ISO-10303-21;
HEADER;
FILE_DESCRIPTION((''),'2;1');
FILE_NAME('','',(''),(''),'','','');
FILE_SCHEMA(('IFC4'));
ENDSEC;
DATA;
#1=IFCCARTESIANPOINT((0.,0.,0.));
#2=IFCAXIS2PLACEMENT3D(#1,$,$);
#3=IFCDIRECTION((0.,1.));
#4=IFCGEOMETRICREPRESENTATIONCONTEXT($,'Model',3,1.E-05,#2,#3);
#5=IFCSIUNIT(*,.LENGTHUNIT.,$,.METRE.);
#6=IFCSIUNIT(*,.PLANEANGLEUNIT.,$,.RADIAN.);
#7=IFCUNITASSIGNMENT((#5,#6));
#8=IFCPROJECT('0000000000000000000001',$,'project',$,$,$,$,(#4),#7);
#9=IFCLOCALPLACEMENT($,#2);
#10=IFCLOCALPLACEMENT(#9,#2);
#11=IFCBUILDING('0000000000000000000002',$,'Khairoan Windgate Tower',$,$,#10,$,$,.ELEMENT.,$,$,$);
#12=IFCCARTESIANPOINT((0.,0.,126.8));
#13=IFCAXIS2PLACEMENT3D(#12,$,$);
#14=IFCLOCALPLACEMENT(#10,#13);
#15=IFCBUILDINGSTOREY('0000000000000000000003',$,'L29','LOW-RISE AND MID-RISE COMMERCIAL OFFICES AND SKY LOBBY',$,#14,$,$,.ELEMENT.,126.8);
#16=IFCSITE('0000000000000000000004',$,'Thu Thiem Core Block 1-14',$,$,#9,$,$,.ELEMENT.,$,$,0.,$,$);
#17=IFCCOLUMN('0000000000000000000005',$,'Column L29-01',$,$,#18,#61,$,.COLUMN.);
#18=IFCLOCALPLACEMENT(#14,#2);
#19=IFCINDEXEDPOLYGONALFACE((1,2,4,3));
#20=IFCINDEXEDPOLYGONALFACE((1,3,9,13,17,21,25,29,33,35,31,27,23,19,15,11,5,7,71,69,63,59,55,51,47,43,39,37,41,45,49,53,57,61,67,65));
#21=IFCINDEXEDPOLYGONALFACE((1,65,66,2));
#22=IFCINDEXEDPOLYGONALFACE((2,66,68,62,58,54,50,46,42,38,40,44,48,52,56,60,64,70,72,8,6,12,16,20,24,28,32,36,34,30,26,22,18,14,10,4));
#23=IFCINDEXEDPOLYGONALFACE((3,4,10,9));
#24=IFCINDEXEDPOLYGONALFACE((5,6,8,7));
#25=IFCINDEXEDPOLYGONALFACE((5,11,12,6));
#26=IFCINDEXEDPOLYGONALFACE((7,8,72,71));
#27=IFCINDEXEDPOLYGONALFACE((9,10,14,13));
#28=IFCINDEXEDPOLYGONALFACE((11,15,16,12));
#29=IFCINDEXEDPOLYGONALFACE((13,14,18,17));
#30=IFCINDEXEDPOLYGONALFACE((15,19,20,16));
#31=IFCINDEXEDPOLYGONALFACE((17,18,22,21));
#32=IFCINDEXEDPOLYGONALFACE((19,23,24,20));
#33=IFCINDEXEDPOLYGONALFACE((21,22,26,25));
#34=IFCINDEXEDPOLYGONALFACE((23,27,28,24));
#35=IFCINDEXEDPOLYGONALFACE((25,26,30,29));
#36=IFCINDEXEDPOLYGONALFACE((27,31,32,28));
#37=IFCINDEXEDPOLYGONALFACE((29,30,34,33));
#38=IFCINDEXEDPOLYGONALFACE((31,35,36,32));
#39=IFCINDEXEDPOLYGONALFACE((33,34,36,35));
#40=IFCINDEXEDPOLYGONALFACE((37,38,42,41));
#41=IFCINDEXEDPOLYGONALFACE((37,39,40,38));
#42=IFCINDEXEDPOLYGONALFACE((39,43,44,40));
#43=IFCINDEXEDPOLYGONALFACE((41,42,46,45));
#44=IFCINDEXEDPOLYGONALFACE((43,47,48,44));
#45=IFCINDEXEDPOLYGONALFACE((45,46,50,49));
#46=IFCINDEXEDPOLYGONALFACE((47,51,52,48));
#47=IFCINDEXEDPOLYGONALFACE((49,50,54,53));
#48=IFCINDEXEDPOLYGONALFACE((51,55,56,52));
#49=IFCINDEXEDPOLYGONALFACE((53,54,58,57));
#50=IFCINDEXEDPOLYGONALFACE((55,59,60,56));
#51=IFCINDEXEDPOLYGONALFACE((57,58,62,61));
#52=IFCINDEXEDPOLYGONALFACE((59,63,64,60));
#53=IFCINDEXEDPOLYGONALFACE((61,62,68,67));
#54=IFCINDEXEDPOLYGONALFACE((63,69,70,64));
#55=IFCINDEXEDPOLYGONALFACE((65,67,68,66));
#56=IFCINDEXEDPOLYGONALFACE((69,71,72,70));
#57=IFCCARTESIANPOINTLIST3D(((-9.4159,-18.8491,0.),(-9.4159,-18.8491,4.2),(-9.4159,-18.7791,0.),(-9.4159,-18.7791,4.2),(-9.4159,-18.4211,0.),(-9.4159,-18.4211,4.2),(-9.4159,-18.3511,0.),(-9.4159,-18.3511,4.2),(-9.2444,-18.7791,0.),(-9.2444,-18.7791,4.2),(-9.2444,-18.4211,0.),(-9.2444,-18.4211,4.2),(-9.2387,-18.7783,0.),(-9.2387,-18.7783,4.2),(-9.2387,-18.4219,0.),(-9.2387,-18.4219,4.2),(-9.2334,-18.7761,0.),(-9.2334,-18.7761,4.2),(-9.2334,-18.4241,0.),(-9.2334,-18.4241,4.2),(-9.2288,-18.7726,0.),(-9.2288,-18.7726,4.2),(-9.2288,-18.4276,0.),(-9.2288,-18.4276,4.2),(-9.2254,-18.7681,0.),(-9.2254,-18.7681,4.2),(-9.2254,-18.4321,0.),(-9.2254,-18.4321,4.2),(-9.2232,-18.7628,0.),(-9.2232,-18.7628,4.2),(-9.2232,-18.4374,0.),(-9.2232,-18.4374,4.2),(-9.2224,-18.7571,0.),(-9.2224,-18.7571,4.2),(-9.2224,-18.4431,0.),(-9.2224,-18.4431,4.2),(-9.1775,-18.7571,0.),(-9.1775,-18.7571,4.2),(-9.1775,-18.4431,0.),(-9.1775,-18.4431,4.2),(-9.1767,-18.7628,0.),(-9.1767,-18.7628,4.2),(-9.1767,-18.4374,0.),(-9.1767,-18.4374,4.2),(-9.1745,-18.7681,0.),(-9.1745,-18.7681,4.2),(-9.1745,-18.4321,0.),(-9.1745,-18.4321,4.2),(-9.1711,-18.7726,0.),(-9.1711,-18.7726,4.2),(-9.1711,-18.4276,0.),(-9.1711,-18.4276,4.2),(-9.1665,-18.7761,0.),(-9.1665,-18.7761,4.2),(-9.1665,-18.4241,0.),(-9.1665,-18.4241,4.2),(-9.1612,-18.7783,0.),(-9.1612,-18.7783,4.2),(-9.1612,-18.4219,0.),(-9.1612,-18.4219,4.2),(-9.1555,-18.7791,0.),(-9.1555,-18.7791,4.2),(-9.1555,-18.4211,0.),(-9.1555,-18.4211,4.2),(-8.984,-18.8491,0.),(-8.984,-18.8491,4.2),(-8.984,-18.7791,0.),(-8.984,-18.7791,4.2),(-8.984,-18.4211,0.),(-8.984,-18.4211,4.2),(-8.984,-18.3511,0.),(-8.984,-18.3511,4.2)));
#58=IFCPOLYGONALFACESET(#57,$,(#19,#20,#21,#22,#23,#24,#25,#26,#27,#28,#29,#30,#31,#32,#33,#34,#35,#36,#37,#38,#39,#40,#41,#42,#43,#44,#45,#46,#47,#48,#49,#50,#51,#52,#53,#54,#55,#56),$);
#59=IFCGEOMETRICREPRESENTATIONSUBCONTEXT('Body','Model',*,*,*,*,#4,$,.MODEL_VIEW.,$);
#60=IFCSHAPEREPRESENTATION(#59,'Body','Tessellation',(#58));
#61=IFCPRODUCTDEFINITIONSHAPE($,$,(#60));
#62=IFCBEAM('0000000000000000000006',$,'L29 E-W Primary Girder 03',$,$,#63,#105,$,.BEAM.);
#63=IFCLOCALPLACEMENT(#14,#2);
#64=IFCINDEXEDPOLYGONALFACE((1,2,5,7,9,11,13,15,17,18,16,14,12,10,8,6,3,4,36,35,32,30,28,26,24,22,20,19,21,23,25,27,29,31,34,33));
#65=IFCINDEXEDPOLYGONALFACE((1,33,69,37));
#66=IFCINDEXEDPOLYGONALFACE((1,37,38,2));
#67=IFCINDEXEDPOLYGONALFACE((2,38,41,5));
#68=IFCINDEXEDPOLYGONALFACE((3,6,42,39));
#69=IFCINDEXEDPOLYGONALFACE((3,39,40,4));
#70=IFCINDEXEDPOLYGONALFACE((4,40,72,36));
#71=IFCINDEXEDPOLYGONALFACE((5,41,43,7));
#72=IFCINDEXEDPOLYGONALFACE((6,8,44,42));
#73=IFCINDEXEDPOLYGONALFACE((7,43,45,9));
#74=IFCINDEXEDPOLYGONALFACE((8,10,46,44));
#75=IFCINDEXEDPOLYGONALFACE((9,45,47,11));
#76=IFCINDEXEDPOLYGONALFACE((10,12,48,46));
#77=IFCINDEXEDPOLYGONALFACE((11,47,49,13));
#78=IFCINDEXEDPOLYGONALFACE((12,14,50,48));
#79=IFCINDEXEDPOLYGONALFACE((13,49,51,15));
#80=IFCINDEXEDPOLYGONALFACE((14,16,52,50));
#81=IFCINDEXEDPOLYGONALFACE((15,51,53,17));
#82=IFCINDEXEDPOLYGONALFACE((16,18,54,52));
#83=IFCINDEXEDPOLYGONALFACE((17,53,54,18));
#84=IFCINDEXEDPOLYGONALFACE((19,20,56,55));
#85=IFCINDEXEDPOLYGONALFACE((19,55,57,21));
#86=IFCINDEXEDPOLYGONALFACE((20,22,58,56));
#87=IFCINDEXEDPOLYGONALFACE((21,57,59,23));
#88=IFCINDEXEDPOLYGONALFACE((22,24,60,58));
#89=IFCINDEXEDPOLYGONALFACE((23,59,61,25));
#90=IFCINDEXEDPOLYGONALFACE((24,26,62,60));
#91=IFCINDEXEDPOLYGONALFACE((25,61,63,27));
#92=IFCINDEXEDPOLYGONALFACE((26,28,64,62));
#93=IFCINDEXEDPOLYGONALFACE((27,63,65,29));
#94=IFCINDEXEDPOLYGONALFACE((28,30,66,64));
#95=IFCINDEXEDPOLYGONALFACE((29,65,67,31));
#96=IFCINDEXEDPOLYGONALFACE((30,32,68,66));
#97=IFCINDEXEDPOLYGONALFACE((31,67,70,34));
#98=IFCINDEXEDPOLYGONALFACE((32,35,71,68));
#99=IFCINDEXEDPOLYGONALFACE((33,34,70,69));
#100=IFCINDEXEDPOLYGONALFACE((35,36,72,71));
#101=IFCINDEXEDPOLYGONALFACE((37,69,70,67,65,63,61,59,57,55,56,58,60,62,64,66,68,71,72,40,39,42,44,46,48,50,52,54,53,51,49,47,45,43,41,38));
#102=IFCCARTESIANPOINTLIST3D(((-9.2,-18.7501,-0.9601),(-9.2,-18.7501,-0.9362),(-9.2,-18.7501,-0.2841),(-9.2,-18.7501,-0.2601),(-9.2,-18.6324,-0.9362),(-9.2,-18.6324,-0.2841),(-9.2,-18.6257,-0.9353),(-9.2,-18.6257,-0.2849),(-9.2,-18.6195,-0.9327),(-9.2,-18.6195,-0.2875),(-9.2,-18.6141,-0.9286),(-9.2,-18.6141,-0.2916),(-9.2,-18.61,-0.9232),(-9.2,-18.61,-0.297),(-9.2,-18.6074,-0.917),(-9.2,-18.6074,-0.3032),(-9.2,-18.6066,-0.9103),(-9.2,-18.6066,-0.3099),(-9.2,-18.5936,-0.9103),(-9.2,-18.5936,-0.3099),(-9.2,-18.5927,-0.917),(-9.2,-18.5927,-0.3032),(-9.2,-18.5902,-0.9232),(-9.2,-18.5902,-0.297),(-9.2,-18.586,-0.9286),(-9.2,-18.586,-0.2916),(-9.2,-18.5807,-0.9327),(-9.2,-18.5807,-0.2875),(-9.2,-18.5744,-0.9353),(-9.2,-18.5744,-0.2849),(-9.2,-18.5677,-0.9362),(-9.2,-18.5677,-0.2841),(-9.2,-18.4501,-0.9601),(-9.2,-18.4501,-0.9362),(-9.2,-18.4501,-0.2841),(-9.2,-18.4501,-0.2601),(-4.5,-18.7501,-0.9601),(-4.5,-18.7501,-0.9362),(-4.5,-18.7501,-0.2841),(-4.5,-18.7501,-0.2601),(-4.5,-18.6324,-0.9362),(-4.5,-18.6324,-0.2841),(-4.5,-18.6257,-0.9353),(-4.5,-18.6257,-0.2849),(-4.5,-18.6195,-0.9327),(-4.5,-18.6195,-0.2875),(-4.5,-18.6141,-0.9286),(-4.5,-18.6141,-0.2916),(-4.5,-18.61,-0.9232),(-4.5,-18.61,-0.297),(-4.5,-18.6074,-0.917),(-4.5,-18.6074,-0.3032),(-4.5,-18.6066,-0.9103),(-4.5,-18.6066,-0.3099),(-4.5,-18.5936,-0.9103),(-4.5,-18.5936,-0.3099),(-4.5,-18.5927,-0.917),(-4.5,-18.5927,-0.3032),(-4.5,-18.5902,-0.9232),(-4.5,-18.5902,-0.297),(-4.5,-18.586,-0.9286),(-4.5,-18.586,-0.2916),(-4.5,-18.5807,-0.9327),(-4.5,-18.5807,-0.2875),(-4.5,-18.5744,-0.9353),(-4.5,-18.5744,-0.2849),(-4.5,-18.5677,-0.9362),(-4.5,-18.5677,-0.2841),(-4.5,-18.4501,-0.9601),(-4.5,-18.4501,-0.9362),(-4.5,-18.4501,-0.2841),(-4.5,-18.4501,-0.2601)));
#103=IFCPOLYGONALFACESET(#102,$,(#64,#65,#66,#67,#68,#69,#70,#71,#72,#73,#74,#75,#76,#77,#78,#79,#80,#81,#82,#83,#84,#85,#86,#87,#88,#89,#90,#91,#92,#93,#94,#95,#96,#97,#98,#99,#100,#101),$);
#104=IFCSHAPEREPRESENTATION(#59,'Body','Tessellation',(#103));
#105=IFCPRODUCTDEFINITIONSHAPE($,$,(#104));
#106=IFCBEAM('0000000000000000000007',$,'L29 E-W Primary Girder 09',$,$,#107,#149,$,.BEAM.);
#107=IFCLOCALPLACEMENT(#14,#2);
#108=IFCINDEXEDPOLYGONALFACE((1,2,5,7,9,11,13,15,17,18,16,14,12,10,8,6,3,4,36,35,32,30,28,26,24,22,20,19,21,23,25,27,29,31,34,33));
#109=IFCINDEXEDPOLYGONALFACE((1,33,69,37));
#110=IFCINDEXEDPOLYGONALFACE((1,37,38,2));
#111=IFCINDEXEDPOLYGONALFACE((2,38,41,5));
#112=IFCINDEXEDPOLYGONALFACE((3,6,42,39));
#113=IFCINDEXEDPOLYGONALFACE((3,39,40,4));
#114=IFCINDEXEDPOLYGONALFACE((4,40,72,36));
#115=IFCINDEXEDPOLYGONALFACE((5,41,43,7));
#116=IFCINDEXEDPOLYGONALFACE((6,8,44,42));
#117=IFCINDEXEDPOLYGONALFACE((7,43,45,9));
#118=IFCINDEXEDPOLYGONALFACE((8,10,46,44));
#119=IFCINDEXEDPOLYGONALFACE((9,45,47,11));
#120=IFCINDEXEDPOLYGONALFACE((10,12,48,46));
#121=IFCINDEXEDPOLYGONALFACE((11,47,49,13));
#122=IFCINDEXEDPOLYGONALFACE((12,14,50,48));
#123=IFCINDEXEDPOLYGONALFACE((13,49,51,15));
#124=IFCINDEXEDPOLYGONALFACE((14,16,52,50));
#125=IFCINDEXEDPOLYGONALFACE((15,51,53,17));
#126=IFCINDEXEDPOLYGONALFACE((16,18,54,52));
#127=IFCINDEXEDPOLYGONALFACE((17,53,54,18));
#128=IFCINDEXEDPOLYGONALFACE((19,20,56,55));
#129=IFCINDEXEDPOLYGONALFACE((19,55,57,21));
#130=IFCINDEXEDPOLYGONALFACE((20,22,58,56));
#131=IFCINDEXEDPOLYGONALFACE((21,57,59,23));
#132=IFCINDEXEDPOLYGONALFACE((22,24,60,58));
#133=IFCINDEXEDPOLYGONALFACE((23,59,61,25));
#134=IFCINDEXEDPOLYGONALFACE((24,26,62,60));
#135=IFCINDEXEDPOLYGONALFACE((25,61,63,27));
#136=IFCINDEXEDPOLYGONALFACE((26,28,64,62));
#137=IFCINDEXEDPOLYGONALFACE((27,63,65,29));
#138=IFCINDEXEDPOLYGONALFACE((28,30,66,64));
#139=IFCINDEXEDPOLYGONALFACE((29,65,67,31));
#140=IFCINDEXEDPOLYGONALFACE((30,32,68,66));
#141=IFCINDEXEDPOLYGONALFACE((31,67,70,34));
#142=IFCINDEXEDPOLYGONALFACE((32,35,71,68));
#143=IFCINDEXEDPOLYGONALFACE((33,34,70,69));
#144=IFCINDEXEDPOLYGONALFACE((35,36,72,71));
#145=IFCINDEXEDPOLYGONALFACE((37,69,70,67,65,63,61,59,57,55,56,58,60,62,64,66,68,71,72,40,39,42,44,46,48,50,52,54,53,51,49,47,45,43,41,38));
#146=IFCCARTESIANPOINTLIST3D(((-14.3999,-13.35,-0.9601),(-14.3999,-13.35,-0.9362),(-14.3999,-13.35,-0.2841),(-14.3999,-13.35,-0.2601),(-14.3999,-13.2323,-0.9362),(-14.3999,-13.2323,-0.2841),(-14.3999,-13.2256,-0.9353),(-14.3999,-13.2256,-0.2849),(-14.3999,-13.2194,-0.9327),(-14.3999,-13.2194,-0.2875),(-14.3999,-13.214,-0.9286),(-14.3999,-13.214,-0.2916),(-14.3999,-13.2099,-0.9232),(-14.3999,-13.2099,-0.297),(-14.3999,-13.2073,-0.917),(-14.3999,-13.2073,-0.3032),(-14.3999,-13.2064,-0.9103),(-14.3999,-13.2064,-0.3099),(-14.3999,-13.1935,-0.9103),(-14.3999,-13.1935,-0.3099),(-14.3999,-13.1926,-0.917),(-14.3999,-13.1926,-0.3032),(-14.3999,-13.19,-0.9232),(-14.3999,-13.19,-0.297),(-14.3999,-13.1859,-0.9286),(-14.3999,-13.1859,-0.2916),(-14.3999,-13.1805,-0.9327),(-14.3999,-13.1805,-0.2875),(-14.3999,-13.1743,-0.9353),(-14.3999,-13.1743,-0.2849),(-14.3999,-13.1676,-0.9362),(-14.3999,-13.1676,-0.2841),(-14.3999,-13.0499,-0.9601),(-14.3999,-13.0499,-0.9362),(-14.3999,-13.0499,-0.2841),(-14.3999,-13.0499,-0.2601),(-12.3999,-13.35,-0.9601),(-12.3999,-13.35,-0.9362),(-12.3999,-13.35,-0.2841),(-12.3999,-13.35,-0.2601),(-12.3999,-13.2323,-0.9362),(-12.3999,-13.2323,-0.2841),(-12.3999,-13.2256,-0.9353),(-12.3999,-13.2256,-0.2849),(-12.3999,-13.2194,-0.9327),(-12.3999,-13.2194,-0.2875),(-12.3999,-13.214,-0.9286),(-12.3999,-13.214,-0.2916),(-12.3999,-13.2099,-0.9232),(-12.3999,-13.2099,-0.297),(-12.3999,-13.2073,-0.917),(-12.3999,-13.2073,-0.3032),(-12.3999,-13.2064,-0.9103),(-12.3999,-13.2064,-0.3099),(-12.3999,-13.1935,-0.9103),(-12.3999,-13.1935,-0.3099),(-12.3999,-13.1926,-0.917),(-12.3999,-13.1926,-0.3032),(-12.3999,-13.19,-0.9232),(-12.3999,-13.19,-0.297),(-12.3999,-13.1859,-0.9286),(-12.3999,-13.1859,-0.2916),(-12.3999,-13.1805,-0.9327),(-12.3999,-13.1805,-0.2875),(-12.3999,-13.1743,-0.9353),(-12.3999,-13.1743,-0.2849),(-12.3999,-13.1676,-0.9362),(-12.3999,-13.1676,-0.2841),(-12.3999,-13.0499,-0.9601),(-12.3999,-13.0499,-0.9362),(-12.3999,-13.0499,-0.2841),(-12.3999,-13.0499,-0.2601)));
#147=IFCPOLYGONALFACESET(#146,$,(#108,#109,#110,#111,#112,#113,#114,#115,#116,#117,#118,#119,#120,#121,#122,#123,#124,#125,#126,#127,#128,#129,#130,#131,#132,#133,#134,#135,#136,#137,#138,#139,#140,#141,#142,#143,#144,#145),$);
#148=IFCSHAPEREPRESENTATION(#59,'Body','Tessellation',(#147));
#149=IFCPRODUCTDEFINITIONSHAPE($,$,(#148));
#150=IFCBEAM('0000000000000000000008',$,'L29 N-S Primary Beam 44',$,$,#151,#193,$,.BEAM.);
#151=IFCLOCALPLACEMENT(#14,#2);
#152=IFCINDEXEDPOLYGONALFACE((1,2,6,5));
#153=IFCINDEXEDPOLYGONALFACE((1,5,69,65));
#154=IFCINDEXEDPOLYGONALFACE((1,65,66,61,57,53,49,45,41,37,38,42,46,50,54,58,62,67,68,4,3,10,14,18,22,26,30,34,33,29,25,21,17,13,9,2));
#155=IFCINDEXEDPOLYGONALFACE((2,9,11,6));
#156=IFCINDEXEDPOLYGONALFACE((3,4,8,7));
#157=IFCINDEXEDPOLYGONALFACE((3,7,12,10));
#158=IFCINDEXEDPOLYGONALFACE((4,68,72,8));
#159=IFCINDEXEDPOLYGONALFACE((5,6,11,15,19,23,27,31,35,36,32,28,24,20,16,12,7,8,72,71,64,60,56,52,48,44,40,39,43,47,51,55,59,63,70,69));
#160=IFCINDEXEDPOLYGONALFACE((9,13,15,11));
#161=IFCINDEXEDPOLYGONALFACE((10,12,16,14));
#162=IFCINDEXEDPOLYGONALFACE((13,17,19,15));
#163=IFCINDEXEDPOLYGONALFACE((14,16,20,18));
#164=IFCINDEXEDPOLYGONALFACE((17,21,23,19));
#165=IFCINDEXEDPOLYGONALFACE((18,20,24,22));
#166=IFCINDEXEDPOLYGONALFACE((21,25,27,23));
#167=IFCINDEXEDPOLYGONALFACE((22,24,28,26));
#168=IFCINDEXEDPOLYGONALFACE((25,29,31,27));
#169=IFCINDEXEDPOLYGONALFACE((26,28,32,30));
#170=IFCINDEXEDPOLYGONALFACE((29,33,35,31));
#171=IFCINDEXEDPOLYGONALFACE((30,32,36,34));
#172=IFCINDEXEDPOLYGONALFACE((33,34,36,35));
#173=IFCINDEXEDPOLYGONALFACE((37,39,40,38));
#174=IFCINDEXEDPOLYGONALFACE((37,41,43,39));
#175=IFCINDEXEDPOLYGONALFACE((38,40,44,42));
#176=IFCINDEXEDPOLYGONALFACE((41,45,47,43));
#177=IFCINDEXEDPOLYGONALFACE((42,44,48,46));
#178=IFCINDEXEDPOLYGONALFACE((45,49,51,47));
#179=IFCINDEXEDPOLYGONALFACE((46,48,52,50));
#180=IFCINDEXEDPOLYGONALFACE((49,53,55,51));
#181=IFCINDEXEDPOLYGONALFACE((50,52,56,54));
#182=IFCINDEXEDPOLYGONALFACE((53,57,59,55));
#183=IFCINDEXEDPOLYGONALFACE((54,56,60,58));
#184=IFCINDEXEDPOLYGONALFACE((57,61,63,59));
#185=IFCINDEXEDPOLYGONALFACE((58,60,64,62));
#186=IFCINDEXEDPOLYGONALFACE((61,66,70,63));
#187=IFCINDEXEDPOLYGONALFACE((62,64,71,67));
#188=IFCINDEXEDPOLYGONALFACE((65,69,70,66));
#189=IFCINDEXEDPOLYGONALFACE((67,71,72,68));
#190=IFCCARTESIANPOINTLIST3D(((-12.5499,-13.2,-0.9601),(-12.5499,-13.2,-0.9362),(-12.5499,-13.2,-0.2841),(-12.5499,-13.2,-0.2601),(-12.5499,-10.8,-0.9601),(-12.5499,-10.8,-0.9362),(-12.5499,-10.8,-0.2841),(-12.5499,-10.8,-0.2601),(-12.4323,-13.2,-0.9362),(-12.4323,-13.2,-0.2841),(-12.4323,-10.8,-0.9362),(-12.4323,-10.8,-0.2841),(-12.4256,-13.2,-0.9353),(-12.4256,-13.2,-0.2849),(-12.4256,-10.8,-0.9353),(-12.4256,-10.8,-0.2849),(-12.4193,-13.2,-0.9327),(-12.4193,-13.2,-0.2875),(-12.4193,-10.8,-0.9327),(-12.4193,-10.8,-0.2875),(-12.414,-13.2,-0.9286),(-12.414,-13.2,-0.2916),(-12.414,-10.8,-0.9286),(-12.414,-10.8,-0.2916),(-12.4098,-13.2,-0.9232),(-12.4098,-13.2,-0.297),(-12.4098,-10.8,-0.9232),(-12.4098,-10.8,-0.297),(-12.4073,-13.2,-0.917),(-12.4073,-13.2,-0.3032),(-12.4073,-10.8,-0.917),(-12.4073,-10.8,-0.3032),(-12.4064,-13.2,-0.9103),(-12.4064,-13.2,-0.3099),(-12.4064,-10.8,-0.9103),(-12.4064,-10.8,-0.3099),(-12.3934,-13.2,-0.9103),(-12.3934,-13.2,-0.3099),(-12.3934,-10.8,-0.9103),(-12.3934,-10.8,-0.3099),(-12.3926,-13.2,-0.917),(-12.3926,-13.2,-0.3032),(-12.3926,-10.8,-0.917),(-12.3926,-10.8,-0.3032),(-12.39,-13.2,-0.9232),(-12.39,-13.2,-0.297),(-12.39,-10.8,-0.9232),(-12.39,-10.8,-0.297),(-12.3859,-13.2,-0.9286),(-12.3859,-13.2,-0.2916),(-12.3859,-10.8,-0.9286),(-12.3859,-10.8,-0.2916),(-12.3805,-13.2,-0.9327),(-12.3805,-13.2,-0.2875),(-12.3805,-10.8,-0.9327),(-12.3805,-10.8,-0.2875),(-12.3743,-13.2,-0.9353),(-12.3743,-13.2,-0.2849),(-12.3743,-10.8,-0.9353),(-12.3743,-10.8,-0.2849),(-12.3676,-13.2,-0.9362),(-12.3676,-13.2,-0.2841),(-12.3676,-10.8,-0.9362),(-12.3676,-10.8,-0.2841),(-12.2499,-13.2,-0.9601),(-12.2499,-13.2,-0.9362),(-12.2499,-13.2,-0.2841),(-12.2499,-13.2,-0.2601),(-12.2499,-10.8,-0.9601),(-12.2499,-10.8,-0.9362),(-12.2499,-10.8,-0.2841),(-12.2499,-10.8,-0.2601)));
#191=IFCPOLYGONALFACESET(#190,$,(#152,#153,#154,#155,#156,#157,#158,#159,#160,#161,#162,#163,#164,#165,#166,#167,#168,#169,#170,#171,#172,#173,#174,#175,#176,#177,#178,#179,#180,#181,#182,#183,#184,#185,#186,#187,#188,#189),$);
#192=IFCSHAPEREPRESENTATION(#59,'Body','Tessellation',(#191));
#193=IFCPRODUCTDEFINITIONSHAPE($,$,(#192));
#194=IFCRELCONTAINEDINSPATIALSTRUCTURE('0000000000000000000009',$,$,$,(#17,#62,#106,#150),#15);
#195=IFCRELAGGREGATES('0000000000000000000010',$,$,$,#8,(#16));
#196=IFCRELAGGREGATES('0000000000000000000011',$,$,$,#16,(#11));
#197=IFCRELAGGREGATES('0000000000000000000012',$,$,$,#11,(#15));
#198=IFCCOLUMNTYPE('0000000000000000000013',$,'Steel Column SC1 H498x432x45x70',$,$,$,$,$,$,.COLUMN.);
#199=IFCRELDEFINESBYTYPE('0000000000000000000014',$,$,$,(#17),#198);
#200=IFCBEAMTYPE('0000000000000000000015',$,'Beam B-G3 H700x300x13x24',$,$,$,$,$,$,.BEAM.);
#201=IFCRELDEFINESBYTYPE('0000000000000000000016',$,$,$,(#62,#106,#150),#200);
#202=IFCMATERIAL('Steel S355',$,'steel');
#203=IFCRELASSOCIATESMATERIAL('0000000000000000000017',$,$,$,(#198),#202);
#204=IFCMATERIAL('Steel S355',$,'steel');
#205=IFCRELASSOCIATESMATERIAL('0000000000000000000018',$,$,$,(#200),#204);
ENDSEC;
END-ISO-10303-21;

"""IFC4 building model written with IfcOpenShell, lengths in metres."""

from ifc_helpers import new_model, si_unit, direction, frame, origin, origin_2d, place, context, subcontext, project, spatial, i_section, extrude, material, material_profile, profile_set, type_object, element, save


model = new_model("IFC4")

# Units and contexts
model_context = context("Model", 3, precision=1e-05, world=origin(), true_north=direction((0.0, 1.0)))
body_context = subcontext(model_context, "Body", "Model", "MODEL_VIEW")
ifc_project = project(units=[si_unit("LENGTHUNIT", "METRE"), si_unit("PLANEANGLEUNIT", "RADIAN")], contexts=[model_context])

# Site, building, storey
site_placement = place(None, origin())
site = spatial("IfcSite", under=ifc_project, at=site_placement, Name="Thu Thiem Core Block 1-14", CompositionType="ELEMENT", RefElevation=0.0)
building_placement = place(site_placement, origin())
building = spatial("IfcBuilding", under=site, at=building_placement, Name="Khairoan Windgate Tower", CompositionType="ELEMENT")
storey_placement = place(building_placement, frame((0.0, 0.0, 126.8)))
storey = spatial("IfcBuildingStorey", under=building, at=storey_placement, Name="L29", Description="LOW-RISE AND MID-RISE COMMERCIAL OFFICES AND SKY LOBBY", CompositionType="ELEMENT", Elevation=126.8)

# Column
ifc_material_1 = material(Name="Steel S355", Category="steel")
ifc_material_profile_1 = material_profile(ifc_material_1, i_section(OverallWidth=0.4319, OverallDepth=0.498, WebThickness=0.0449, FlangeThickness=0.0701, FilletRadius=0.022, at=origin_2d()))
ifc_profile_set_1 = profile_set([ifc_material_profile_1], Name="Steel S355")
column_type = type_object("IfcColumnType", Name="Steel Column SC1 H498x432x45x70", PredefinedType="COLUMN", material=ifc_profile_set_1)
column_placement = place(storey_placement, frame((-9.2, -18.6001, 0.0), z_axis=(0.0, 0.0, 1.0), x_axis=(1.0, 0.0, 0.0)))
element("IfcColumn", 1, at=column_placement, inside=storey, type_object=column_type, Name="Column L29-01", PredefinedType="COLUMN", context=body_context, shape_type="SweptSolid", body=[
    extrude(i_section(OverallWidth=0.4319, OverallDepth=0.498, WebThickness=0.0449, FlangeThickness=0.0701, FilletRadius=0.022, at=origin_2d()), origin(), (0.0, 0.0, 1.0), 4.2),
])

# Beams
ifc_material_2 = material(Name="Steel S355", Category="steel")
ifc_material_profile_2 = material_profile(ifc_material_2, i_section(OverallWidth=0.3, OverallDepth=0.7, WebThickness=0.0129, FlangeThickness=0.0239, FilletRadius=0.0259, at=origin_2d()))
ifc_profile_set_2 = profile_set([ifc_material_profile_2], Name="Steel S355")
beam_type = type_object("IfcBeamType", Name="Beam B-G3 H700x300x13x24", PredefinedType="BEAM", material=ifc_profile_set_2)
beam_1_placement = place(storey_placement, frame((-9.2, -18.6001, -0.6101), z_axis=(1.0, 0.0, 0.0), x_axis=(0.0, 1.0, 0.0)))
element("IfcBeam", 2, at=beam_1_placement, inside=storey, type_object=beam_type, Name="L29 E-W Primary Girder 03", PredefinedType="BEAM", context=body_context, shape_type="SweptSolid", body=[
    extrude(i_section(OverallWidth=0.3, OverallDepth=0.7, WebThickness=0.0129, FlangeThickness=0.0239, FilletRadius=0.0259, at=origin_2d()), origin(), (0.0, 0.0, 1.0), 4.7),
])
beam_2_placement = place(storey_placement, frame((-14.3999, -13.2, -0.6101), z_axis=(1.0, 0.0, 0.0), x_axis=(0.0, 1.0, 0.0)))
element("IfcBeam", 3, at=beam_2_placement, inside=storey, type_object=beam_type, Name="L29 E-W Primary Girder 09", PredefinedType="BEAM", context=body_context, shape_type="SweptSolid", body=[
    extrude(i_section(OverallWidth=0.3, OverallDepth=0.7, WebThickness=0.0129, FlangeThickness=0.0239, FilletRadius=0.0259, at=origin_2d()), origin(), (0.0, 0.0, 1.0), 2.0),
])
beam_3_placement = place(storey_placement, frame((-12.3999, -13.2, -0.6101), z_axis=(0.0, 1.0, 0.0), x_axis=(-1.0, 0.0, 0.0)))
element("IfcBeam", 4, at=beam_3_placement, inside=storey, type_object=beam_type, Name="L29 N-S Primary Beam 44", PredefinedType="BEAM", context=body_context, shape_type="SweptSolid", body=[
    extrude(i_section(OverallWidth=0.3, OverallDepth=0.7, WebThickness=0.0129, FlangeThickness=0.0239, FilletRadius=0.0259, at=origin_2d()), origin(), (0.0, 0.0, 1.0), 2.3999),
])

save(model, "model.ifc")
